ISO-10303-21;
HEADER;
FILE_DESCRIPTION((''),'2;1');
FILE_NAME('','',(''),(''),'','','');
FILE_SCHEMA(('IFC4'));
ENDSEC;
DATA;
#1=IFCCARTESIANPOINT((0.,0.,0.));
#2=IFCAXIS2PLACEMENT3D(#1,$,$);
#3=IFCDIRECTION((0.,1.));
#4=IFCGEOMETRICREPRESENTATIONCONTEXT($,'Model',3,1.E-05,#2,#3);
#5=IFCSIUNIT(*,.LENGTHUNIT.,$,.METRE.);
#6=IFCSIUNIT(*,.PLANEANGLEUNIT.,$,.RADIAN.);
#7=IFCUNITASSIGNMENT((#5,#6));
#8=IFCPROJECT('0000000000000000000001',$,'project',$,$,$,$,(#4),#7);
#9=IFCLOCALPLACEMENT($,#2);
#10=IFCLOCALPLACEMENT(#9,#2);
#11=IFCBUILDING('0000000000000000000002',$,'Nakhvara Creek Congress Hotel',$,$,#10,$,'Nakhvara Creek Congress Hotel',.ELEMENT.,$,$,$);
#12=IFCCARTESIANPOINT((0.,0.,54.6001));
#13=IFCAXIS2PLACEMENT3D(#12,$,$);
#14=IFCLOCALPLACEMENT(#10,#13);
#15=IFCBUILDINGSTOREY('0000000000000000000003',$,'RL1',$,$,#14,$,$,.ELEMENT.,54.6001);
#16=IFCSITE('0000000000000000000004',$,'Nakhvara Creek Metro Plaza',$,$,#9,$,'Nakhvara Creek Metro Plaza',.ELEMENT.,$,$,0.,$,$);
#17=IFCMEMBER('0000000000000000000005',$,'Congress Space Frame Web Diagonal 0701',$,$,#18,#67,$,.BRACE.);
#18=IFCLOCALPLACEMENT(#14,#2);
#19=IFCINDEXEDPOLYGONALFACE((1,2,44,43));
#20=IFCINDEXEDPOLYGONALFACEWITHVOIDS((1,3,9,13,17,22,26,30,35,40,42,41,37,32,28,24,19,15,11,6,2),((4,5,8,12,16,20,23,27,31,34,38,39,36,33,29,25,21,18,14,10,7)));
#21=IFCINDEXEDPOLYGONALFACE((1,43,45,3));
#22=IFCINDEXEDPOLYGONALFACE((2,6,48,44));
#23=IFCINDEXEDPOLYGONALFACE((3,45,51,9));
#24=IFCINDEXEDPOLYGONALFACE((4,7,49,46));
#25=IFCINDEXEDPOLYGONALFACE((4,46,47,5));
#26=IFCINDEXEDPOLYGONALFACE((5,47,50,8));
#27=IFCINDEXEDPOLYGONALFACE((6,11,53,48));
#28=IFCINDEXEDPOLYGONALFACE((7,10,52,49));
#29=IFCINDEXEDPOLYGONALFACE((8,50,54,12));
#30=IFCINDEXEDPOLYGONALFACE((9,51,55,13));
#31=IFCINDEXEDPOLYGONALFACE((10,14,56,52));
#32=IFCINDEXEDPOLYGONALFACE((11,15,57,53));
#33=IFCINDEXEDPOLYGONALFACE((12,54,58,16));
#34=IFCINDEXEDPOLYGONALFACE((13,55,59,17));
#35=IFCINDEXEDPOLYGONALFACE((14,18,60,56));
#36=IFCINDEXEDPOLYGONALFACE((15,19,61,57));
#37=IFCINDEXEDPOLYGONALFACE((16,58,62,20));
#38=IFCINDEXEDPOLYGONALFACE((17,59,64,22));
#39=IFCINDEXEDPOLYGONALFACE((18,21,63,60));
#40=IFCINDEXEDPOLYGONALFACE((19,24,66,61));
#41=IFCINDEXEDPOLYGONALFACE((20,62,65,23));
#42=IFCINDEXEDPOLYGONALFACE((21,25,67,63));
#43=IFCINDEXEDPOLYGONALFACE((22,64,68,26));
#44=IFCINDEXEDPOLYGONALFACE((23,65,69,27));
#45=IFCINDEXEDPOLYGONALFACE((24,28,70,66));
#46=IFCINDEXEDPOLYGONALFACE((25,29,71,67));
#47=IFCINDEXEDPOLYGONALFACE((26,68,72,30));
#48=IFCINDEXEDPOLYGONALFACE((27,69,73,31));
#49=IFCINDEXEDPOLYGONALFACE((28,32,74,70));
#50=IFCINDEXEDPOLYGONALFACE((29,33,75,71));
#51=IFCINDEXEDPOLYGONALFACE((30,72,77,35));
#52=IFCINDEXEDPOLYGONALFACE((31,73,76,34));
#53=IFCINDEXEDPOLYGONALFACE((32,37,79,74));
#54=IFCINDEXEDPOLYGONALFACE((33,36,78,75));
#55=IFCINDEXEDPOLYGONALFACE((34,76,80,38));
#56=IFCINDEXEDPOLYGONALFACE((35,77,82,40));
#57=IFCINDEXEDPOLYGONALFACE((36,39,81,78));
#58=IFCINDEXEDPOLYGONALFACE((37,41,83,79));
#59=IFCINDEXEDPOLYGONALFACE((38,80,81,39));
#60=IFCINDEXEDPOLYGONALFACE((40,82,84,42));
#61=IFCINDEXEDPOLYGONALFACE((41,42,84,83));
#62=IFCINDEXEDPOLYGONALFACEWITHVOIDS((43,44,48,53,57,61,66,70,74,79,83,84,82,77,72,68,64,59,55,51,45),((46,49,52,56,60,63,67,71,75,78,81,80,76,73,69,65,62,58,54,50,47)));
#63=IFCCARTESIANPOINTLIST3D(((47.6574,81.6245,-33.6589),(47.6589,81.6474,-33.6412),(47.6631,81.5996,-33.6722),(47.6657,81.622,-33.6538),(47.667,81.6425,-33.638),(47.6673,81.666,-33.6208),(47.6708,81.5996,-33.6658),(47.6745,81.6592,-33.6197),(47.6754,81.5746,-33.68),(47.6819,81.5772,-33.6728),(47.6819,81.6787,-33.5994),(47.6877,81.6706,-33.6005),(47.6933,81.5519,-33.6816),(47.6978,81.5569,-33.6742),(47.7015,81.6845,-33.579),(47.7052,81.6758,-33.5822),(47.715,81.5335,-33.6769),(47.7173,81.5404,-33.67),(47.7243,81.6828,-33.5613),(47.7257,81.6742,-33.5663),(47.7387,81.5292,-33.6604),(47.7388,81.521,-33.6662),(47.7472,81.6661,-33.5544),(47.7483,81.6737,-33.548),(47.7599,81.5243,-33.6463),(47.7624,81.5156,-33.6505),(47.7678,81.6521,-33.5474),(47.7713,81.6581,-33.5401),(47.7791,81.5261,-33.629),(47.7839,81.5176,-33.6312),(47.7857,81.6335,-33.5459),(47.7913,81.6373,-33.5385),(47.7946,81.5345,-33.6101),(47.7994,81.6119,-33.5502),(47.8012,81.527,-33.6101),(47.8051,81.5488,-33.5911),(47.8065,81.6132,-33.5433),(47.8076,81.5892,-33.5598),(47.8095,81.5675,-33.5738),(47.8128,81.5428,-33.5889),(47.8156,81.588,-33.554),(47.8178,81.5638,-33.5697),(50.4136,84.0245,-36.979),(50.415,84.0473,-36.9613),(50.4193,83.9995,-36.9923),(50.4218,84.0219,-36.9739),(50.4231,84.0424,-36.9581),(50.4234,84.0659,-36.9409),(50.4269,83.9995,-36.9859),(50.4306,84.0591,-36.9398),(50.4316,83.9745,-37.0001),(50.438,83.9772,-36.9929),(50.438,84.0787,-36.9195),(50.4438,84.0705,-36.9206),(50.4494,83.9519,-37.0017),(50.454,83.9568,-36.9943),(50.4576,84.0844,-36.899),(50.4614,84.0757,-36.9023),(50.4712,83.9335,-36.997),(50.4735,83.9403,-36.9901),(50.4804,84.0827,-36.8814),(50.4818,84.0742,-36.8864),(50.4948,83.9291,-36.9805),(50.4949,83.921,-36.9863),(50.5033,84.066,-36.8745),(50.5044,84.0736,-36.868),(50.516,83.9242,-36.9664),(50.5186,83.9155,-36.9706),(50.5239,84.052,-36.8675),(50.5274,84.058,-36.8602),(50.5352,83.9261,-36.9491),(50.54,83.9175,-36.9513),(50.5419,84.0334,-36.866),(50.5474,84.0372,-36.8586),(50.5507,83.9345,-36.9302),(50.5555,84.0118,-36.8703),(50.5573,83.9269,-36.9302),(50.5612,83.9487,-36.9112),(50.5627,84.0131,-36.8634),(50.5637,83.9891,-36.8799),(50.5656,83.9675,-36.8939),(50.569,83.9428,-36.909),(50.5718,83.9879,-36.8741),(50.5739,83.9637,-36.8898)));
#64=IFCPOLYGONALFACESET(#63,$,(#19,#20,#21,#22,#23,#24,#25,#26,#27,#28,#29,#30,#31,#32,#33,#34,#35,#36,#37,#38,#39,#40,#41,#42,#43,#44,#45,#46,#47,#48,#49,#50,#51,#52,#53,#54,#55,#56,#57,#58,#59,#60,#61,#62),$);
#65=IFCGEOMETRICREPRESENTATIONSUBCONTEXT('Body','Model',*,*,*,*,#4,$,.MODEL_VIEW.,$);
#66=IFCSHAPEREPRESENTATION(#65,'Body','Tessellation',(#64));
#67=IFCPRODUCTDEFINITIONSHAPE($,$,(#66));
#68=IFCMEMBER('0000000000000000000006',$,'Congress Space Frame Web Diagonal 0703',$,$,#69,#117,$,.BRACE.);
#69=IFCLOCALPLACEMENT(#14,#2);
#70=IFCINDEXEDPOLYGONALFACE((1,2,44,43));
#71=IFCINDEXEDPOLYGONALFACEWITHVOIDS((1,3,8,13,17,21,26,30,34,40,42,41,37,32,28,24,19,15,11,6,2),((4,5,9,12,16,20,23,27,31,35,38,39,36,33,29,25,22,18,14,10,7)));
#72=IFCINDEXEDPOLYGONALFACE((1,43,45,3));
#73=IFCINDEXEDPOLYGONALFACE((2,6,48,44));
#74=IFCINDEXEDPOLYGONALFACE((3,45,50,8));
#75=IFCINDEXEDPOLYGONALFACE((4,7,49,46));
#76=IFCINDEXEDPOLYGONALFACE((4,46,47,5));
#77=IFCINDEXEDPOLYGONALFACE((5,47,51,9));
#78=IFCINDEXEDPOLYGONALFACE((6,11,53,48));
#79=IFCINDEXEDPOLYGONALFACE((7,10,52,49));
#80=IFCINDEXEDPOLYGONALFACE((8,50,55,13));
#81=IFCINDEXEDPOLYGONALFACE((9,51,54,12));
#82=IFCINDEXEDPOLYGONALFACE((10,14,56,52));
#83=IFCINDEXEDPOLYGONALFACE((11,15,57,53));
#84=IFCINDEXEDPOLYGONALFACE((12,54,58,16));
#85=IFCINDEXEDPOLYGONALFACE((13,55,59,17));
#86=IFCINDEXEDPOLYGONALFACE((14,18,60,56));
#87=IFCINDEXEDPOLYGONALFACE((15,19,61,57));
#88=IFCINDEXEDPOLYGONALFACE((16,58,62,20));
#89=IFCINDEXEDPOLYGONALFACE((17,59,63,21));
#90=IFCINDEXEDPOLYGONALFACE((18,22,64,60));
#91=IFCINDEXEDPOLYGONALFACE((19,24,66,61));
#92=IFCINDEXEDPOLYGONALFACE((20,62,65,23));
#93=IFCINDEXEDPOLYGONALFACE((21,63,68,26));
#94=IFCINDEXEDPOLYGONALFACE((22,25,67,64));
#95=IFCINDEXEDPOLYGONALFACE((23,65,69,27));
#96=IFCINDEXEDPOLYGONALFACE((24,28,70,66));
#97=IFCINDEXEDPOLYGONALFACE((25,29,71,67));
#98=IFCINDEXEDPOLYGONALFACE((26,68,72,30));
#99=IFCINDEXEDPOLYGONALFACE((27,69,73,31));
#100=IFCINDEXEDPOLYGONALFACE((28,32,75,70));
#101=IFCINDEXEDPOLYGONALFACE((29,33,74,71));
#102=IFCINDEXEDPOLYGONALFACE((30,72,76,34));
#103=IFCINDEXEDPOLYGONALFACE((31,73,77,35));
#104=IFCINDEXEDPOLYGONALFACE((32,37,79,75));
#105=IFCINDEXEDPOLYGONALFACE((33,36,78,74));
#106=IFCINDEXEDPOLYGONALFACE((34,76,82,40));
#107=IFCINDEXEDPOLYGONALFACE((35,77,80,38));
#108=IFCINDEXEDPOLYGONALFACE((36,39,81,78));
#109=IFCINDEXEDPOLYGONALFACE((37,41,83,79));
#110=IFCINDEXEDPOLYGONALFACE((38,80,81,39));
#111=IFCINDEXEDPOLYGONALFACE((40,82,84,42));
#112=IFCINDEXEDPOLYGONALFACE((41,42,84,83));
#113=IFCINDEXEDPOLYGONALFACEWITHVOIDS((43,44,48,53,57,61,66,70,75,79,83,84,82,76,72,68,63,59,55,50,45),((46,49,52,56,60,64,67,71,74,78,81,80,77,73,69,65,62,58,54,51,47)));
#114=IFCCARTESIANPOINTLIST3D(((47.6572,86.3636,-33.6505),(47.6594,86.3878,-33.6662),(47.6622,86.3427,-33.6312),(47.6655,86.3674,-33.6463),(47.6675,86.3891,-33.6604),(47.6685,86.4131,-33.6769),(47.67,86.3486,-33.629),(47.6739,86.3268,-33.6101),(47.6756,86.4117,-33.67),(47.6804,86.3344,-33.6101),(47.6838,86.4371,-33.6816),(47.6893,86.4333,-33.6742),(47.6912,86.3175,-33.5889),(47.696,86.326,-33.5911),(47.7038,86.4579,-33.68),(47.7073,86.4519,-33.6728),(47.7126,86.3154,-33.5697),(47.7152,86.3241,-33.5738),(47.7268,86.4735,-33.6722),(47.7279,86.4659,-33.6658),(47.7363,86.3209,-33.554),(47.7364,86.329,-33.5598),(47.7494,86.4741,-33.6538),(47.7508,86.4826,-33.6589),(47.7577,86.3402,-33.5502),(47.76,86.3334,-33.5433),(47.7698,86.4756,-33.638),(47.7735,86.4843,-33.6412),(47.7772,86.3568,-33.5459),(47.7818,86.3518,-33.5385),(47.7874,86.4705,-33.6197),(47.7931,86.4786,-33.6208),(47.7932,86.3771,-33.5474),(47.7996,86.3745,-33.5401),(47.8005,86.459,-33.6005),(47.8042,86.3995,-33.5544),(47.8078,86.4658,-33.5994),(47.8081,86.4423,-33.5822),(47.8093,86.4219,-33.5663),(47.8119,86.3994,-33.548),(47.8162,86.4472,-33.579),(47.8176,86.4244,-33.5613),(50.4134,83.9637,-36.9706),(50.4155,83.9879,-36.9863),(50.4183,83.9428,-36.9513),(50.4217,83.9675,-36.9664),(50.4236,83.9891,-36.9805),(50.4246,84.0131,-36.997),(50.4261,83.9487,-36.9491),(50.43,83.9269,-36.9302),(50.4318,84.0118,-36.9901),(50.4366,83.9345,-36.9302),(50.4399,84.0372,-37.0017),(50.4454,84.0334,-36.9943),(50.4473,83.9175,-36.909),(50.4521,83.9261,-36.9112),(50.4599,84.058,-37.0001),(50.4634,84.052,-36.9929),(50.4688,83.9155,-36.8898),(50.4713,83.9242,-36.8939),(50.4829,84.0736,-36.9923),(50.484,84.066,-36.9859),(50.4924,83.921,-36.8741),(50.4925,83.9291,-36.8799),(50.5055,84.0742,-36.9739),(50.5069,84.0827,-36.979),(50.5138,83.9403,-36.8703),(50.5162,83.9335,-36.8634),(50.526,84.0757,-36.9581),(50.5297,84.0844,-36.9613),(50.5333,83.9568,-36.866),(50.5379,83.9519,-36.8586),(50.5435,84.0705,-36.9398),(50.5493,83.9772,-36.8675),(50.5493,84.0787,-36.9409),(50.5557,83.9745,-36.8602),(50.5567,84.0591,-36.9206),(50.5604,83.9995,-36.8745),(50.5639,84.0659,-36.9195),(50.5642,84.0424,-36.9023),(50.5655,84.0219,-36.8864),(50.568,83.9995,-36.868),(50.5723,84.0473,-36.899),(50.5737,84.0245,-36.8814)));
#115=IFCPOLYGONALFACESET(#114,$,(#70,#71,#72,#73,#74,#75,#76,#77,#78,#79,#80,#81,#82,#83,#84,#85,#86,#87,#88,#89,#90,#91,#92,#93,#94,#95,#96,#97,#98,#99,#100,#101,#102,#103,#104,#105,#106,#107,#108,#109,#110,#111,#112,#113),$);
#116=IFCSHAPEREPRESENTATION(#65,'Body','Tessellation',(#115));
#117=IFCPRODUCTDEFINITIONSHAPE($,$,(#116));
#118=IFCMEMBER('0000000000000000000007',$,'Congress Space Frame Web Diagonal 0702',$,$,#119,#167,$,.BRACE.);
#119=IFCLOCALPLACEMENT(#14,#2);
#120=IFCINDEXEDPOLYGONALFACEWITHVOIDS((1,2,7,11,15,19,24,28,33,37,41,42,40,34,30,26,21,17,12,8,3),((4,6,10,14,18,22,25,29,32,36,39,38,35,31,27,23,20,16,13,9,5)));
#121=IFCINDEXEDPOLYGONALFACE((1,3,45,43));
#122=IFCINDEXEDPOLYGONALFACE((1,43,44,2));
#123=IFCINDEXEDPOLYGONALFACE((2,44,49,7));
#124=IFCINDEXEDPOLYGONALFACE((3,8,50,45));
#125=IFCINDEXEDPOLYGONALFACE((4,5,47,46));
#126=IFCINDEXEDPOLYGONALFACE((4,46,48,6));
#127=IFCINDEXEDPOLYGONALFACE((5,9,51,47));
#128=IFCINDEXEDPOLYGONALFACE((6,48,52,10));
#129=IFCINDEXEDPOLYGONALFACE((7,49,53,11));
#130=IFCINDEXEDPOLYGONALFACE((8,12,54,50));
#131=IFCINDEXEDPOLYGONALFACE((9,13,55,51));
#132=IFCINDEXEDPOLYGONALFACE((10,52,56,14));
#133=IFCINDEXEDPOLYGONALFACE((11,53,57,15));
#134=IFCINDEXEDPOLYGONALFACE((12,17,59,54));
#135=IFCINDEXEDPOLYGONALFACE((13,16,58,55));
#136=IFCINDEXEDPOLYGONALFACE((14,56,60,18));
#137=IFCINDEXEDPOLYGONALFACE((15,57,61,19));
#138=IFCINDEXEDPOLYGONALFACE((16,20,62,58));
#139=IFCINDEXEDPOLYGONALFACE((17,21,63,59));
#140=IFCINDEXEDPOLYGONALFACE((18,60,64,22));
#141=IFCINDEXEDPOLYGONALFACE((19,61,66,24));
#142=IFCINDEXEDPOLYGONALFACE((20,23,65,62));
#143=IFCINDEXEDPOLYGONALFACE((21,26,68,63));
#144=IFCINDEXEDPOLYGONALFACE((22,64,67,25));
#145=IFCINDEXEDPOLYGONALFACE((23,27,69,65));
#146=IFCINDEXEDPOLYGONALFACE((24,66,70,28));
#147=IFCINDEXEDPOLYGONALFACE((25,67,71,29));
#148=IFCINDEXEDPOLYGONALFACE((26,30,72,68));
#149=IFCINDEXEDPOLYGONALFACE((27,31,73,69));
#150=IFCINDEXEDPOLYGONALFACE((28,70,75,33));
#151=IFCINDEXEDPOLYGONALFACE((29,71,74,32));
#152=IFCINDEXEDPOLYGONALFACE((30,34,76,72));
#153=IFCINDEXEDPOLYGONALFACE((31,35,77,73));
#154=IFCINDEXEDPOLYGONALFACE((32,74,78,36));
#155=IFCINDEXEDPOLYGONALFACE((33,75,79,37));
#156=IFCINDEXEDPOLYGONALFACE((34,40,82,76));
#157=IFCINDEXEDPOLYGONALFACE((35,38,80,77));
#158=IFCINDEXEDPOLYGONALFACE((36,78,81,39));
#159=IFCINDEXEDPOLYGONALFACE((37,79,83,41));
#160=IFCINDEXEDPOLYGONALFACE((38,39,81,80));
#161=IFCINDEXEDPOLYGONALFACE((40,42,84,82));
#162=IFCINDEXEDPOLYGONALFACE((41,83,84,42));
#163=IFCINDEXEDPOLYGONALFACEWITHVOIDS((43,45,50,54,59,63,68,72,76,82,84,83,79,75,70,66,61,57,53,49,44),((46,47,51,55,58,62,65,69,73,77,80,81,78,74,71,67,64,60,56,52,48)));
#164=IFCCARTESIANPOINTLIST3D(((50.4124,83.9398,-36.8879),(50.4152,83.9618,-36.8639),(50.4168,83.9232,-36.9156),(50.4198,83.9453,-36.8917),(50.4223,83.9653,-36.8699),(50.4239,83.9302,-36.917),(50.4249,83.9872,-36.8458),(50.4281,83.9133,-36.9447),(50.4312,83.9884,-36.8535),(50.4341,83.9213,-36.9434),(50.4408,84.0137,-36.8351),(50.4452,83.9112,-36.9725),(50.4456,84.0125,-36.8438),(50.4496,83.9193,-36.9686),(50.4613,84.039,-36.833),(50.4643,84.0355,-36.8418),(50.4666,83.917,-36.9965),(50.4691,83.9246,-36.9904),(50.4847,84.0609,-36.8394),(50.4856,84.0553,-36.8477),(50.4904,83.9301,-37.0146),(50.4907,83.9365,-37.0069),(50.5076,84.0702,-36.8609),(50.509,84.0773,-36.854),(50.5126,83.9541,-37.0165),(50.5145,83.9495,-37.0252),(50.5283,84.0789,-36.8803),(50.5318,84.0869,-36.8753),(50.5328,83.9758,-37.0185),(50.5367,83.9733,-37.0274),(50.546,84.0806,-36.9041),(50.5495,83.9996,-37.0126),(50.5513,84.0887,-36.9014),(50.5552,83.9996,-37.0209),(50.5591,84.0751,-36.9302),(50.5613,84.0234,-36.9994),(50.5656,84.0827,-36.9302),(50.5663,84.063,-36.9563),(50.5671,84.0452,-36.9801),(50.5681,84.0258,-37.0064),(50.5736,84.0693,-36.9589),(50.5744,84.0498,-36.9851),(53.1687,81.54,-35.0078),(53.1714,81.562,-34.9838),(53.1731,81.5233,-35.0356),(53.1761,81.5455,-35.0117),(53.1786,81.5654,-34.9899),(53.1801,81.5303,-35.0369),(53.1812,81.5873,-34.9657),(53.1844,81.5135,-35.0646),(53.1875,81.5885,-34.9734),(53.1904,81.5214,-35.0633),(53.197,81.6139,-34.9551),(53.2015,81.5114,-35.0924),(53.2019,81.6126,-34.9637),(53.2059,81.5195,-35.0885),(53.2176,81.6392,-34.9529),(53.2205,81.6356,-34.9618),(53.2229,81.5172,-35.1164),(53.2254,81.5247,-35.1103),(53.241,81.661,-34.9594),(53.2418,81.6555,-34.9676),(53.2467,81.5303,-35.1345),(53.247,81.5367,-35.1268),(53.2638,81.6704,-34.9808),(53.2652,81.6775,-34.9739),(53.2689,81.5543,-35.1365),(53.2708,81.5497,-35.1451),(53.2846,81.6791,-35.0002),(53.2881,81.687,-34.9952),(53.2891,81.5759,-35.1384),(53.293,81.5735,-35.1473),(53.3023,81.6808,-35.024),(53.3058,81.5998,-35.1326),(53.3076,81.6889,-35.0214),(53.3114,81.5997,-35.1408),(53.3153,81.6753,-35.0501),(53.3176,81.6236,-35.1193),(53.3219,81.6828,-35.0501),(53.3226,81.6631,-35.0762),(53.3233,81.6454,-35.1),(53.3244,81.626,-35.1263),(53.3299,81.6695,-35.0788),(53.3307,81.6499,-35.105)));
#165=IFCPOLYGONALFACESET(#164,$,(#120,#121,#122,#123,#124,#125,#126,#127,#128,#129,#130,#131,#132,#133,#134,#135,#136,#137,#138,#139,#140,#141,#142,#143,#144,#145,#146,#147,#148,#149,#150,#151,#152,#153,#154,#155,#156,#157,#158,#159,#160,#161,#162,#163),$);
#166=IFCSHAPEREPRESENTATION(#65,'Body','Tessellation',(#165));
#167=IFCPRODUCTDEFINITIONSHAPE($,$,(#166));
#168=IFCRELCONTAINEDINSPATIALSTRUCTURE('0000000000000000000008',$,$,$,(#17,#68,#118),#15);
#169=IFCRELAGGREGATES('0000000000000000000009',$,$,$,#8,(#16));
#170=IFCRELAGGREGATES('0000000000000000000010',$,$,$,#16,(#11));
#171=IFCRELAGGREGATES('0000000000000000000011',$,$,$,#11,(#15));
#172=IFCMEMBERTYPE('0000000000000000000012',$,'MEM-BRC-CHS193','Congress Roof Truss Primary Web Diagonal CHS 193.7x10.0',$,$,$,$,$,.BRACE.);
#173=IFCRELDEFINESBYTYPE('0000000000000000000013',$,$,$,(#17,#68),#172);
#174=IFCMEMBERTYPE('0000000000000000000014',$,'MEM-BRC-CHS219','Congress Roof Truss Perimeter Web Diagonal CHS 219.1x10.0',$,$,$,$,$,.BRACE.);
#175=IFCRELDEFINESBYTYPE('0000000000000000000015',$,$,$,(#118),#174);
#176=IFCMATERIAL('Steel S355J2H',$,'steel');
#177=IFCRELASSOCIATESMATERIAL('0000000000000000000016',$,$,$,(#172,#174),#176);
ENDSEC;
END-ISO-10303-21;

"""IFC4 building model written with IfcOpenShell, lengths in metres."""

from ifc_helpers import new_model, si_unit, direction, frame, origin, origin_2d, place, context, subcontext, project, spatial, hollow_circle, extrude, material, material_profile, profile_set, type_object, element, save


model = new_model("IFC4")

# Units and contexts
model_context = context("Model", 3, precision=1e-05, world=origin(), true_north=direction((0.0, 1.0)))
body_context = subcontext(model_context, "Body", "Model", "MODEL_VIEW")
ifc_project = project(units=[si_unit("LENGTHUNIT", "METRE"), si_unit("PLANEANGLEUNIT", "RADIAN")], contexts=[model_context])

# Site, building, storey
site_placement = place(None, origin())
site = spatial("IfcSite", under=ifc_project, at=site_placement, Name="Nakhvara Creek Metro Plaza", LongName="Nakhvara Creek Metro Plaza", CompositionType="ELEMENT", RefElevation=0.0)
building_placement = place(site_placement, origin())
building = spatial("IfcBuilding", under=site, at=building_placement, Name="Nakhvara Creek Congress Hotel", LongName="Nakhvara Creek Congress Hotel", CompositionType="ELEMENT")
storey_placement = place(building_placement, frame((0.0, 0.0, 54.6001)))
storey = spatial("IfcBuildingStorey", under=building, at=storey_placement, Name="RL1", CompositionType="ELEMENT", Elevation=54.6001)

# Members
ifc_material_1 = material(Name="Steel S355J2H", Category="steel")
ifc_material_profile_1 = material_profile(ifc_material_1, hollow_circle(Radius=0.0969, WallThickness=0.01, at=origin_2d()), Name="CHS 193.7x10.0", Category="LoadBearing")
ifc_profile_set_1 = profile_set([ifc_material_profile_1], Name="Steel S355J2H")
member_type_1 = type_object("IfcMemberType", Name="MEM-BRC-CHS193", Description="Congress Roof Truss Primary Web Diagonal CHS 193.7x10.0", PredefinedType="BRACE", material=ifc_profile_set_1)
for number, where, z_axis, x_axis, name in (
    (1, (50.4937, 84.0, -36.9302), (-0.558203, -0.48606, 0.672425), (0.656691, -0.75416, 0.0), "Congress Space Frame Web Diagonal 0701"),
    (2, (50.4937, 84.0, -36.9302), (-0.558203, 0.48606, 0.672425), (-0.656691, -0.75416, 0.0), "Congress Space Frame Web Diagonal 0703"),
):
    element("IfcMember", number, at=place(storey_placement, frame(where, z_axis=z_axis, x_axis=x_axis)), inside=storey, type_object=member_type_1, Name=name, PredefinedType="BRACE", context=body_context, shape_type="SweptSolid", body=[
        extrude(hollow_circle(Radius=0.0969, WallThickness=0.01, at=origin_2d()), origin(), (0.0, 0.0, 1.0), 4.9375),
    ])
ifc_material_profile_2 = material_profile(ifc_material_1, hollow_circle(Radius=0.1096, WallThickness=0.01, at=origin_2d()), Name="CHS 219.1x10.0", Category="LoadBearing")
ifc_profile_set_2 = profile_set([ifc_material_profile_2], Name="Steel S355J2H")
member_type_2 = type_object("IfcMemberType", Name="MEM-BRC-CHS219", Description="Congress Roof Truss Perimeter Web Diagonal CHS 219.1x10.0", PredefinedType="BRACE", material=ifc_profile_set_2)
for number, where, z_axis, x_axis, name in (
    (3, (50.4937, 84.0, -36.9302), (0.670649, -0.583922, 0.457455), (0.656658, 0.754188, 0.0), "Congress Space Frame Web Diagonal 0702"),
):
    element("IfcMember", number, at=place(storey_placement, frame(where, z_axis=z_axis, x_axis=x_axis)), inside=storey, type_object=member_type_2, Name=name, PredefinedType="BRACE", context=body_context, shape_type="SweptSolid", body=[
        extrude(hollow_circle(Radius=0.1096, WallThickness=0.01, at=origin_2d()), origin(), (0.0, 0.0, 1.0), 4.1099),
    ])

save(model, "model.ifc")
